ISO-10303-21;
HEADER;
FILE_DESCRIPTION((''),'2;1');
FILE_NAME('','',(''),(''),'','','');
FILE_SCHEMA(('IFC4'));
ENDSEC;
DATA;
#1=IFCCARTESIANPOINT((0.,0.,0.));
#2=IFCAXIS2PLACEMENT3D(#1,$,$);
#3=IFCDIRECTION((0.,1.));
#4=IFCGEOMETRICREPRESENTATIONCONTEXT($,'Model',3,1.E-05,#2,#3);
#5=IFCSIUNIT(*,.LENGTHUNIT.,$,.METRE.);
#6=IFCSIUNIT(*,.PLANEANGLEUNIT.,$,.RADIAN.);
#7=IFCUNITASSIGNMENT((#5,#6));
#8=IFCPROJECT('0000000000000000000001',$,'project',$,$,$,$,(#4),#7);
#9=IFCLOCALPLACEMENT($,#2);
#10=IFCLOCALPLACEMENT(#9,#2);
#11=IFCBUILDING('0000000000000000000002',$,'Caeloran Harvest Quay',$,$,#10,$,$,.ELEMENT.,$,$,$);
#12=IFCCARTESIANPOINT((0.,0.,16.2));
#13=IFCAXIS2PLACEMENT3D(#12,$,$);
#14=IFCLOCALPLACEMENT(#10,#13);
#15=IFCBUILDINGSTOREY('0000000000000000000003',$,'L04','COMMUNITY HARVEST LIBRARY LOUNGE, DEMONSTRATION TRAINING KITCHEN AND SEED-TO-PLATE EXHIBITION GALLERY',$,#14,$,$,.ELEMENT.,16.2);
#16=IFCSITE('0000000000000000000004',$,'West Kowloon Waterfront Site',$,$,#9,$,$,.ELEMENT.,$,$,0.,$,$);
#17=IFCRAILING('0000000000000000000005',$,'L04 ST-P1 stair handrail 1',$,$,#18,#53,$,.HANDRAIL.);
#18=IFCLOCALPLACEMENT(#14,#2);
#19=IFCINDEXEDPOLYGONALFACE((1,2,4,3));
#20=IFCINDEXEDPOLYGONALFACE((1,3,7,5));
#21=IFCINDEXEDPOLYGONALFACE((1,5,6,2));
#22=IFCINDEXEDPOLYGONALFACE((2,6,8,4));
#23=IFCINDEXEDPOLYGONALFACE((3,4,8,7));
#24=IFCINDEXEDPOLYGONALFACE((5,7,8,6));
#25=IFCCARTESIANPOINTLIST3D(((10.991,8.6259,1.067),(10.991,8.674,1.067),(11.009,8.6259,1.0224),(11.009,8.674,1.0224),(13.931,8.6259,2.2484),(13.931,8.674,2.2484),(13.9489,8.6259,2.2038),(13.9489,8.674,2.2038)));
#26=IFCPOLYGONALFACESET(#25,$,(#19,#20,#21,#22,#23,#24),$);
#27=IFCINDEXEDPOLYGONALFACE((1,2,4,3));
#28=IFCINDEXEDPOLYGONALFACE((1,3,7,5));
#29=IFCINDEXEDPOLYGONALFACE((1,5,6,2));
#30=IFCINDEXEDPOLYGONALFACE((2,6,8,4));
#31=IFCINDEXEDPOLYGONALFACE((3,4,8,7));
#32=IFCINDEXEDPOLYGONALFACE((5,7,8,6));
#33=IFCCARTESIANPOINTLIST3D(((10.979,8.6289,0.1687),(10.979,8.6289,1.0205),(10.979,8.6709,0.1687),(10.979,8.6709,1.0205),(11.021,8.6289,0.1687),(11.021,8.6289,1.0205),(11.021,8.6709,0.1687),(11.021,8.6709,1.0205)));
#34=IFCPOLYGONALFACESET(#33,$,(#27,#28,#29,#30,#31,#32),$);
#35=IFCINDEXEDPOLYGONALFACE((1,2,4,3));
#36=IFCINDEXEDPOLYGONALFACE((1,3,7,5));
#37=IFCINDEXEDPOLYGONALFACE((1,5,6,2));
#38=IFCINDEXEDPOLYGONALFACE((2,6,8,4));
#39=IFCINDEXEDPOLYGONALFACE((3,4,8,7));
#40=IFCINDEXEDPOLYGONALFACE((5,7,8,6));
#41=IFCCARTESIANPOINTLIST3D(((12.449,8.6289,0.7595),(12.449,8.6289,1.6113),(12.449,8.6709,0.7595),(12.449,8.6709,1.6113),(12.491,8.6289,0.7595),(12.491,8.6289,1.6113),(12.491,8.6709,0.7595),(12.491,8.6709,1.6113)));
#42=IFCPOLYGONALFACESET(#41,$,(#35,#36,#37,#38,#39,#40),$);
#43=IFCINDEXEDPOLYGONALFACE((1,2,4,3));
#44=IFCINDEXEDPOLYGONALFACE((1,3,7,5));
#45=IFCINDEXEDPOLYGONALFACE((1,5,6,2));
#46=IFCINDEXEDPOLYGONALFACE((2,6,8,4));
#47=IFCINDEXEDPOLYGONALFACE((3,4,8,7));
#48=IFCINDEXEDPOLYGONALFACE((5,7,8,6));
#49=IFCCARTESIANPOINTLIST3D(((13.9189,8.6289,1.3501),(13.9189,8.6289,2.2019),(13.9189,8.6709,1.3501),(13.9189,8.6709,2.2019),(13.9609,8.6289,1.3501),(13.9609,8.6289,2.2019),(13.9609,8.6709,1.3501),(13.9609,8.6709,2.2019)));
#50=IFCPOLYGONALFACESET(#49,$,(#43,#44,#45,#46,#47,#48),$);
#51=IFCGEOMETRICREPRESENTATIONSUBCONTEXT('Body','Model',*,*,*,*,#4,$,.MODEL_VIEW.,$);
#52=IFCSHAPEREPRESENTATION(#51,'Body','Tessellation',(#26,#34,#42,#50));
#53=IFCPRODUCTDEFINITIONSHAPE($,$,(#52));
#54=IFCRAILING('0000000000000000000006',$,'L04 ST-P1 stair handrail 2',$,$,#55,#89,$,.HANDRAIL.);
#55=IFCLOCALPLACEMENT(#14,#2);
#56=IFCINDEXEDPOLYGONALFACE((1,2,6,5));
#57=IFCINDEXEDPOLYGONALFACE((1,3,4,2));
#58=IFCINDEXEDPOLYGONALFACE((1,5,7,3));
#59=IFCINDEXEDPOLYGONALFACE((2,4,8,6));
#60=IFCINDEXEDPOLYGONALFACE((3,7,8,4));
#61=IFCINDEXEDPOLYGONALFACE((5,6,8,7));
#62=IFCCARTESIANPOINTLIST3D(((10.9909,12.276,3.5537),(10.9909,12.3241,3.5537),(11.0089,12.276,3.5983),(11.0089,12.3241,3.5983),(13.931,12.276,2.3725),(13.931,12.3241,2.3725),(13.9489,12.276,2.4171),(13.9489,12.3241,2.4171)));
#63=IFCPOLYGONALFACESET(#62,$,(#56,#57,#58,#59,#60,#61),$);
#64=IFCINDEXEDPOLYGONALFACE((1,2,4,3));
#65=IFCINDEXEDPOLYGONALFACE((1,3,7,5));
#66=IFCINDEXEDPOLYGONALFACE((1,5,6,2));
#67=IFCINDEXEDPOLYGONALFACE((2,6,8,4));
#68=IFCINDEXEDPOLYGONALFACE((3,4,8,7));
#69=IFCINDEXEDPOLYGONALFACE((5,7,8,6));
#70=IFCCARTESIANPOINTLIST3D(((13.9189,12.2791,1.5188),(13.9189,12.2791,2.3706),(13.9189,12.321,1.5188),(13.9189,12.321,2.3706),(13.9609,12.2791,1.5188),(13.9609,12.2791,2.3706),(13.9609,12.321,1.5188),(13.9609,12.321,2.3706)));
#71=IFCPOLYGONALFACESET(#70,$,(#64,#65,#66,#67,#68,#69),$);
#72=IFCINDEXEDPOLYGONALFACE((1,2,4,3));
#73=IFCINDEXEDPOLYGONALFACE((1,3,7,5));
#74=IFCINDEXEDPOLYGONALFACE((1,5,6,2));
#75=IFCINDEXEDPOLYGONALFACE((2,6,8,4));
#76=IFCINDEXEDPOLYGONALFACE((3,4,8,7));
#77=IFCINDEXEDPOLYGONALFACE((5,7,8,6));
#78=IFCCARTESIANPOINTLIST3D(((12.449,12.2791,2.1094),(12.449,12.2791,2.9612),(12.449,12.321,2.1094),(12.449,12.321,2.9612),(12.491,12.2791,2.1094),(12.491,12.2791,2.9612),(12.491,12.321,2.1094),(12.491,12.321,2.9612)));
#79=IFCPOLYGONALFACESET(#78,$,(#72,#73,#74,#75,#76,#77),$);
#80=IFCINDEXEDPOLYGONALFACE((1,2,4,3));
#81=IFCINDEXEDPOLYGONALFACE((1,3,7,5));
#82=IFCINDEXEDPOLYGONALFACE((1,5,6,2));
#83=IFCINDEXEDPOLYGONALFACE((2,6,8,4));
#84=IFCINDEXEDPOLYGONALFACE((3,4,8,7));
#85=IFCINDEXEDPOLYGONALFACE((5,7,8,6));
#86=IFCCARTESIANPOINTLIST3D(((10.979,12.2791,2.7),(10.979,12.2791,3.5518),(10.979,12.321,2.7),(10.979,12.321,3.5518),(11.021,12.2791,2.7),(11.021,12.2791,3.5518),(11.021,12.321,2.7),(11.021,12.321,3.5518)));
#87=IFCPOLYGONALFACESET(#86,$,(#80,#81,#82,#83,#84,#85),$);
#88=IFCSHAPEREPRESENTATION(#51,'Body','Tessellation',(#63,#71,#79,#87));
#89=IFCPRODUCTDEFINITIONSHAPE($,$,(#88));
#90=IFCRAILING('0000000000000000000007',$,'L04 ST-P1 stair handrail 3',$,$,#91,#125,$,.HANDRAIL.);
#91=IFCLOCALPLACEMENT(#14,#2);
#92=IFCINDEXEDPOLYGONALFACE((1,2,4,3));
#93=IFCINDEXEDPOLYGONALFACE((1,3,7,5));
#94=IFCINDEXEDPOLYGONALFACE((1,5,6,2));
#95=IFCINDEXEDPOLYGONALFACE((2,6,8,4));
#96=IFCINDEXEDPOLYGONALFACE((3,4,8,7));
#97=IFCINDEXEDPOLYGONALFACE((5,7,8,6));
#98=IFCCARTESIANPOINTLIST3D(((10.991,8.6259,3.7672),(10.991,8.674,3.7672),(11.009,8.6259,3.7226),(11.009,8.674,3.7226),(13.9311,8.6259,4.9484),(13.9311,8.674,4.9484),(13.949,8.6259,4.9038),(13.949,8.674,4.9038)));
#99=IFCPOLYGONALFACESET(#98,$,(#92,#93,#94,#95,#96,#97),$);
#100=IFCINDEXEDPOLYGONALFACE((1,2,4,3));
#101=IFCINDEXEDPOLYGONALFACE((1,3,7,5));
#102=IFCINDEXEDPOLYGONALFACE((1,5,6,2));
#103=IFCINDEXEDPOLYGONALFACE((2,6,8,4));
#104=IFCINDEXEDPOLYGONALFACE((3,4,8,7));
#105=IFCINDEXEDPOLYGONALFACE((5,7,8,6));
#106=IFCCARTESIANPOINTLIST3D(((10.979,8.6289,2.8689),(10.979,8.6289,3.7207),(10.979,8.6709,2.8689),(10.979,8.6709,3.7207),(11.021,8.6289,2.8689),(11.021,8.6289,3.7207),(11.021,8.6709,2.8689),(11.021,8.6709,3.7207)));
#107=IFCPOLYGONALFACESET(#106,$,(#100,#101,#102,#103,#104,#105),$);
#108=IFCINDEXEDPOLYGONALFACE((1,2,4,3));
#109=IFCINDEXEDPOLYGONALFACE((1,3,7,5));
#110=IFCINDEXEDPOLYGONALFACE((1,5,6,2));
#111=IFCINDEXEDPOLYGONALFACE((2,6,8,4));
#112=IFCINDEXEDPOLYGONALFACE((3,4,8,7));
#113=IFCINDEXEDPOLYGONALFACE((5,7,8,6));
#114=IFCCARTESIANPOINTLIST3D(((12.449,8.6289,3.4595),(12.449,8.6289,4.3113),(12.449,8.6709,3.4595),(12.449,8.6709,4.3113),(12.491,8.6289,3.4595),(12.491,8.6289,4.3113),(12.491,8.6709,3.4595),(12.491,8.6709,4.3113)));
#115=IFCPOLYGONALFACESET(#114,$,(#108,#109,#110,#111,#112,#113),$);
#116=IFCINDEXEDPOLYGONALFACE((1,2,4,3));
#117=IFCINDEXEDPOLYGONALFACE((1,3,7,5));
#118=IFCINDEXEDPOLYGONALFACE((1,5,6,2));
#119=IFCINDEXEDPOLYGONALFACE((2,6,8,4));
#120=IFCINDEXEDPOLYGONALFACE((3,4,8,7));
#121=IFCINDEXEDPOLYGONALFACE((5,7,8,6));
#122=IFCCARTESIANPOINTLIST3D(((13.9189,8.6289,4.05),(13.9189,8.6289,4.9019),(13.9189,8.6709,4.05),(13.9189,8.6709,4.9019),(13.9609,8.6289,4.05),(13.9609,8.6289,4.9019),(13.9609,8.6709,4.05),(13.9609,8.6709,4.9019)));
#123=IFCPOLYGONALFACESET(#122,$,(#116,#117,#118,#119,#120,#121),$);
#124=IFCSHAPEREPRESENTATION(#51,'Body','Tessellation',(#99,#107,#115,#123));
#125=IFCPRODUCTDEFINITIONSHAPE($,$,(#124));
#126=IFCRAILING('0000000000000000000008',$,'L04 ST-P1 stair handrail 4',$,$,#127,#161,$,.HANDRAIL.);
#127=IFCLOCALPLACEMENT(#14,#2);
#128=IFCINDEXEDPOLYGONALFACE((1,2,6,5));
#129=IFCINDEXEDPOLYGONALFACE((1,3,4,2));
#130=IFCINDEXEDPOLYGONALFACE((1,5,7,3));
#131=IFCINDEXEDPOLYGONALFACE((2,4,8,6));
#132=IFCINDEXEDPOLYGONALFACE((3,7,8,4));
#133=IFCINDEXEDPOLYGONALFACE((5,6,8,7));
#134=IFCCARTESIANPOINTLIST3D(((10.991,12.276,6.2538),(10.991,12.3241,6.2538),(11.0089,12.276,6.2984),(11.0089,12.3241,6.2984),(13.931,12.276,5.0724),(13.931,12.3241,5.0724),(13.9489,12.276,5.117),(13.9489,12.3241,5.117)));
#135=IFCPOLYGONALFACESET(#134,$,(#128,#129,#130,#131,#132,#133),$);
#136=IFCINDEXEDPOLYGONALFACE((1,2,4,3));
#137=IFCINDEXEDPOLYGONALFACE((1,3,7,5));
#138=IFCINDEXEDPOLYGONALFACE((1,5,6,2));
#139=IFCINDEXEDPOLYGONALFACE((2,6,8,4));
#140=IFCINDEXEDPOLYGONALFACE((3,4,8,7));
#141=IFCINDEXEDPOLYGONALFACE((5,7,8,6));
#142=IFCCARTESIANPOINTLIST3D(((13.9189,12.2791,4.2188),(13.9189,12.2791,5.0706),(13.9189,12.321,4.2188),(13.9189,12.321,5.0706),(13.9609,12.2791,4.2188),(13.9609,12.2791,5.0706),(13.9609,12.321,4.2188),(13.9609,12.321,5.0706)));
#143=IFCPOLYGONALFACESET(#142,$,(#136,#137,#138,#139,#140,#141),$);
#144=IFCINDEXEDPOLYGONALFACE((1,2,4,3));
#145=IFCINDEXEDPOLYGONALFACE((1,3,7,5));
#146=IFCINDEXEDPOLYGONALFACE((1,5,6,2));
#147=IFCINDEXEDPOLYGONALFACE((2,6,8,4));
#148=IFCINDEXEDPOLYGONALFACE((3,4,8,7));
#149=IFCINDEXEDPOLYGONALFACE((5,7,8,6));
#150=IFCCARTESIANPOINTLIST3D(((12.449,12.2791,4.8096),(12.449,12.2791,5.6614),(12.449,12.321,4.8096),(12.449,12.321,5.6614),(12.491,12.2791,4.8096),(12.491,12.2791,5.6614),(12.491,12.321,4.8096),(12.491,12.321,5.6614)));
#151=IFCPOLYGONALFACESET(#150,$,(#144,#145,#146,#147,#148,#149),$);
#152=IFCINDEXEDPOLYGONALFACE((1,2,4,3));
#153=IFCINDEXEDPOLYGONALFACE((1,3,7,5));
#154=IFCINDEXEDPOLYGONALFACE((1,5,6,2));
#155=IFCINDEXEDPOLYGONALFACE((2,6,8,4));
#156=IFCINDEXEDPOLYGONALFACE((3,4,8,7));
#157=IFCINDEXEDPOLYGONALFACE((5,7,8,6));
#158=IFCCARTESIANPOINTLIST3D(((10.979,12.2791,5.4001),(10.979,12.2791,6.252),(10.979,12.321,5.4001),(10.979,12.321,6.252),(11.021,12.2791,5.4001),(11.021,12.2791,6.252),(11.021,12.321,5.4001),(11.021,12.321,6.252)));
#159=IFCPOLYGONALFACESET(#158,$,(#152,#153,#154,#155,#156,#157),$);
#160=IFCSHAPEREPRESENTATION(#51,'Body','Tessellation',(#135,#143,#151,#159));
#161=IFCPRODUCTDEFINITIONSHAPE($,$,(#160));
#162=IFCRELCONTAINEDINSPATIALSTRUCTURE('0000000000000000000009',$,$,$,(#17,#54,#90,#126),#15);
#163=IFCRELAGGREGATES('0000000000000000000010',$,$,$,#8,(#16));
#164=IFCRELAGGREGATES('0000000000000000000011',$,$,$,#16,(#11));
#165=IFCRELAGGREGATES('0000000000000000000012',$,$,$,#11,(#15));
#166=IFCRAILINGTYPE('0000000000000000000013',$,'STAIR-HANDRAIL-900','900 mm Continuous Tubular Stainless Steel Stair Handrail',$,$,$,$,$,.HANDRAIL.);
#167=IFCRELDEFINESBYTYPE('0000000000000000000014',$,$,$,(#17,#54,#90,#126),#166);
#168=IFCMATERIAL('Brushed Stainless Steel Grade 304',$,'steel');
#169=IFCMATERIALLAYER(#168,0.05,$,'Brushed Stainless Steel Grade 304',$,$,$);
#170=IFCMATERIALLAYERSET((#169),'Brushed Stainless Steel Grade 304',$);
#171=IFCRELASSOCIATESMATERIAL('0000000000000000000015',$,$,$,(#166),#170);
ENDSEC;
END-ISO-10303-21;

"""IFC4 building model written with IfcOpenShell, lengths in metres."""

from ifc_helpers import new_model, si_unit, direction, frame, origin, origin_2d, place, context, subcontext, project, spatial, rectangle, extrude, material, layer, layer_set, type_object, element, save


model = new_model("IFC4")

# Units and contexts
model_context = context("Model", 3, precision=1e-05, world=origin(), true_north=direction((0.0, 1.0)))
body_context = subcontext(model_context, "Body", "Model", "MODEL_VIEW")
ifc_project = project(units=[si_unit("LENGTHUNIT", "METRE"), si_unit("PLANEANGLEUNIT", "RADIAN")], contexts=[model_context])

# Site, building, storey
site_placement = place(None, origin())
site = spatial("IfcSite", under=ifc_project, at=site_placement, Name="West Kowloon Waterfront Site", CompositionType="ELEMENT", RefElevation=0.0)
building_placement = place(site_placement, origin())
building = spatial("IfcBuilding", under=site, at=building_placement, Name="Caeloran Harvest Quay", CompositionType="ELEMENT")
storey_placement = place(building_placement, frame((0.0, 0.0, 16.2)))
storey = spatial("IfcBuildingStorey", under=building, at=storey_placement, Name="L04", Description="COMMUNITY HARVEST LIBRARY LOUNGE, DEMONSTRATION TRAINING KITCHEN AND SEED-TO-PLATE EXHIBITION GALLERY", CompositionType="ELEMENT", Elevation=16.2)

# Railings
ifc_material_1 = material(Name="Brushed Stainless Steel Grade 304", Category="steel")
ifc_layer_1 = layer(ifc_material_1, 0.05, Name="Brushed Stainless Steel Grade 304")
ifc_layer_set_1 = layer_set([ifc_layer_1], Name="Brushed Stainless Steel Grade 304")
railing_type_1 = type_object("IfcRailingType", Name="STAIR-HANDRAIL-900", Description="900 mm Continuous Tubular Stainless Steel Stair Handrail", PredefinedType="HANDRAIL", material=ifc_layer_set_1)
railing_1_placement = place(storey_placement, frame((11.0, 8.6499, 0.1687)))
element("IfcRailing", 1, at=railing_1_placement, inside=storey, type_object=railing_type_1, Name="L04 ST-P1 stair handrail 1", PredefinedType="HANDRAIL", context=body_context, shape_type="SweptSolid", body=[
    extrude(rectangle(XDim=0.0481, YDim=0.0481, at=origin_2d()), frame((0.0, 0.0, 0.876), z_axis=(0.927886, 0.0, 0.372865), x_axis=(0.0, 1.0, 0.0)), (0.0, 0.0, 1.0), 3.1685),
    extrude(rectangle(XDim=0.042, YDim=0.042, at=origin_2d()), origin(), (0.0, 0.0, 1.0), 0.8518),
    extrude(rectangle(XDim=0.042, YDim=0.042, at=origin_2d()), frame((1.47, 0.0, 0.5908)), (0.0, 0.0, 1.0), 0.8518),
    extrude(rectangle(XDim=0.042, YDim=0.042, at=origin_2d()), frame((2.9399, 0.0, 1.1814)), (0.0, 0.0, 1.0), 0.8518),
])
railing_2_placement = place(storey_placement, frame((13.9399, 12.3, 1.5188)))
element("IfcRailing", 2, at=railing_2_placement, inside=storey, type_object=railing_type_1, Name="L04 ST-P1 stair handrail 2", PredefinedType="HANDRAIL", context=body_context, shape_type="SweptSolid", body=[
    extrude(rectangle(XDim=0.0481, YDim=0.0481, at=origin_2d()), frame((0.0, 0.0, 0.876), z_axis=(-0.927912, 0.0, 0.372799), x_axis=(0.0, -1.0, 0.0)), (0.0, 0.0, 1.0), 3.1685),
    extrude(rectangle(XDim=0.042, YDim=0.042, at=origin_2d()), origin(), (0.0, 0.0, 1.0), 0.8518),
    extrude(rectangle(XDim=0.042, YDim=0.042, at=origin_2d()), frame((-1.47, 0.0, 0.5906)), (0.0, 0.0, 1.0), 0.8518),
    extrude(rectangle(XDim=0.042, YDim=0.042, at=origin_2d()), frame((-2.9399, 0.0, 1.1812)), (0.0, 0.0, 1.0), 0.8518),
])
railing_3_placement = place(storey_placement, frame((11.0, 8.6499, 2.8689)))
element("IfcRailing", 3, at=railing_3_placement, inside=storey, type_object=railing_type_1, Name="L04 ST-P1 stair handrail 3", PredefinedType="HANDRAIL", context=body_context, shape_type="SweptSolid", body=[
    extrude(rectangle(XDim=0.0481, YDim=0.0481, at=origin_2d()), frame((0.0, 0.0, 0.876), z_axis=(0.927912, 0.0, 0.372799), x_axis=(0.0, 1.0, 0.0)), (0.0, 0.0, 1.0), 3.1685),
    extrude(rectangle(XDim=0.042, YDim=0.042, at=origin_2d()), origin(), (0.0, 0.0, 1.0), 0.8518),
    extrude(rectangle(XDim=0.042, YDim=0.042, at=origin_2d()), frame((1.47, 0.0, 0.5906)), (0.0, 0.0, 1.0), 0.8518),
    extrude(rectangle(XDim=0.042, YDim=0.042, at=origin_2d()), frame((2.9399, 0.0, 1.1812)), (0.0, 0.0, 1.0), 0.8518),
])
railing_4_placement = place(storey_placement, frame((13.9399, 12.3, 4.2188)))
element("IfcRailing", 4, at=railing_4_placement, inside=storey, type_object=railing_type_1, Name="L04 ST-P1 stair handrail 4", PredefinedType="HANDRAIL", context=body_context, shape_type="SweptSolid", body=[
    extrude(rectangle(XDim=0.0481, YDim=0.0481, at=origin_2d()), frame((0.0, 0.0, 0.876), z_axis=(-0.927886, 0.0, 0.372865), x_axis=(0.0, -1.0, 0.0)), (0.0, 0.0, 1.0), 3.1685),
    extrude(rectangle(XDim=0.042, YDim=0.042, at=origin_2d()), origin(), (0.0, 0.0, 1.0), 0.8518),
    extrude(rectangle(XDim=0.042, YDim=0.042, at=origin_2d()), frame((-1.47, 0.0, 0.5908)), (0.0, 0.0, 1.0), 0.8518),
    extrude(rectangle(XDim=0.042, YDim=0.042, at=origin_2d()), frame((-2.9399, 0.0, 1.1814)), (0.0, 0.0, 1.0), 0.8518),
])

save(model, "model.ifc")
